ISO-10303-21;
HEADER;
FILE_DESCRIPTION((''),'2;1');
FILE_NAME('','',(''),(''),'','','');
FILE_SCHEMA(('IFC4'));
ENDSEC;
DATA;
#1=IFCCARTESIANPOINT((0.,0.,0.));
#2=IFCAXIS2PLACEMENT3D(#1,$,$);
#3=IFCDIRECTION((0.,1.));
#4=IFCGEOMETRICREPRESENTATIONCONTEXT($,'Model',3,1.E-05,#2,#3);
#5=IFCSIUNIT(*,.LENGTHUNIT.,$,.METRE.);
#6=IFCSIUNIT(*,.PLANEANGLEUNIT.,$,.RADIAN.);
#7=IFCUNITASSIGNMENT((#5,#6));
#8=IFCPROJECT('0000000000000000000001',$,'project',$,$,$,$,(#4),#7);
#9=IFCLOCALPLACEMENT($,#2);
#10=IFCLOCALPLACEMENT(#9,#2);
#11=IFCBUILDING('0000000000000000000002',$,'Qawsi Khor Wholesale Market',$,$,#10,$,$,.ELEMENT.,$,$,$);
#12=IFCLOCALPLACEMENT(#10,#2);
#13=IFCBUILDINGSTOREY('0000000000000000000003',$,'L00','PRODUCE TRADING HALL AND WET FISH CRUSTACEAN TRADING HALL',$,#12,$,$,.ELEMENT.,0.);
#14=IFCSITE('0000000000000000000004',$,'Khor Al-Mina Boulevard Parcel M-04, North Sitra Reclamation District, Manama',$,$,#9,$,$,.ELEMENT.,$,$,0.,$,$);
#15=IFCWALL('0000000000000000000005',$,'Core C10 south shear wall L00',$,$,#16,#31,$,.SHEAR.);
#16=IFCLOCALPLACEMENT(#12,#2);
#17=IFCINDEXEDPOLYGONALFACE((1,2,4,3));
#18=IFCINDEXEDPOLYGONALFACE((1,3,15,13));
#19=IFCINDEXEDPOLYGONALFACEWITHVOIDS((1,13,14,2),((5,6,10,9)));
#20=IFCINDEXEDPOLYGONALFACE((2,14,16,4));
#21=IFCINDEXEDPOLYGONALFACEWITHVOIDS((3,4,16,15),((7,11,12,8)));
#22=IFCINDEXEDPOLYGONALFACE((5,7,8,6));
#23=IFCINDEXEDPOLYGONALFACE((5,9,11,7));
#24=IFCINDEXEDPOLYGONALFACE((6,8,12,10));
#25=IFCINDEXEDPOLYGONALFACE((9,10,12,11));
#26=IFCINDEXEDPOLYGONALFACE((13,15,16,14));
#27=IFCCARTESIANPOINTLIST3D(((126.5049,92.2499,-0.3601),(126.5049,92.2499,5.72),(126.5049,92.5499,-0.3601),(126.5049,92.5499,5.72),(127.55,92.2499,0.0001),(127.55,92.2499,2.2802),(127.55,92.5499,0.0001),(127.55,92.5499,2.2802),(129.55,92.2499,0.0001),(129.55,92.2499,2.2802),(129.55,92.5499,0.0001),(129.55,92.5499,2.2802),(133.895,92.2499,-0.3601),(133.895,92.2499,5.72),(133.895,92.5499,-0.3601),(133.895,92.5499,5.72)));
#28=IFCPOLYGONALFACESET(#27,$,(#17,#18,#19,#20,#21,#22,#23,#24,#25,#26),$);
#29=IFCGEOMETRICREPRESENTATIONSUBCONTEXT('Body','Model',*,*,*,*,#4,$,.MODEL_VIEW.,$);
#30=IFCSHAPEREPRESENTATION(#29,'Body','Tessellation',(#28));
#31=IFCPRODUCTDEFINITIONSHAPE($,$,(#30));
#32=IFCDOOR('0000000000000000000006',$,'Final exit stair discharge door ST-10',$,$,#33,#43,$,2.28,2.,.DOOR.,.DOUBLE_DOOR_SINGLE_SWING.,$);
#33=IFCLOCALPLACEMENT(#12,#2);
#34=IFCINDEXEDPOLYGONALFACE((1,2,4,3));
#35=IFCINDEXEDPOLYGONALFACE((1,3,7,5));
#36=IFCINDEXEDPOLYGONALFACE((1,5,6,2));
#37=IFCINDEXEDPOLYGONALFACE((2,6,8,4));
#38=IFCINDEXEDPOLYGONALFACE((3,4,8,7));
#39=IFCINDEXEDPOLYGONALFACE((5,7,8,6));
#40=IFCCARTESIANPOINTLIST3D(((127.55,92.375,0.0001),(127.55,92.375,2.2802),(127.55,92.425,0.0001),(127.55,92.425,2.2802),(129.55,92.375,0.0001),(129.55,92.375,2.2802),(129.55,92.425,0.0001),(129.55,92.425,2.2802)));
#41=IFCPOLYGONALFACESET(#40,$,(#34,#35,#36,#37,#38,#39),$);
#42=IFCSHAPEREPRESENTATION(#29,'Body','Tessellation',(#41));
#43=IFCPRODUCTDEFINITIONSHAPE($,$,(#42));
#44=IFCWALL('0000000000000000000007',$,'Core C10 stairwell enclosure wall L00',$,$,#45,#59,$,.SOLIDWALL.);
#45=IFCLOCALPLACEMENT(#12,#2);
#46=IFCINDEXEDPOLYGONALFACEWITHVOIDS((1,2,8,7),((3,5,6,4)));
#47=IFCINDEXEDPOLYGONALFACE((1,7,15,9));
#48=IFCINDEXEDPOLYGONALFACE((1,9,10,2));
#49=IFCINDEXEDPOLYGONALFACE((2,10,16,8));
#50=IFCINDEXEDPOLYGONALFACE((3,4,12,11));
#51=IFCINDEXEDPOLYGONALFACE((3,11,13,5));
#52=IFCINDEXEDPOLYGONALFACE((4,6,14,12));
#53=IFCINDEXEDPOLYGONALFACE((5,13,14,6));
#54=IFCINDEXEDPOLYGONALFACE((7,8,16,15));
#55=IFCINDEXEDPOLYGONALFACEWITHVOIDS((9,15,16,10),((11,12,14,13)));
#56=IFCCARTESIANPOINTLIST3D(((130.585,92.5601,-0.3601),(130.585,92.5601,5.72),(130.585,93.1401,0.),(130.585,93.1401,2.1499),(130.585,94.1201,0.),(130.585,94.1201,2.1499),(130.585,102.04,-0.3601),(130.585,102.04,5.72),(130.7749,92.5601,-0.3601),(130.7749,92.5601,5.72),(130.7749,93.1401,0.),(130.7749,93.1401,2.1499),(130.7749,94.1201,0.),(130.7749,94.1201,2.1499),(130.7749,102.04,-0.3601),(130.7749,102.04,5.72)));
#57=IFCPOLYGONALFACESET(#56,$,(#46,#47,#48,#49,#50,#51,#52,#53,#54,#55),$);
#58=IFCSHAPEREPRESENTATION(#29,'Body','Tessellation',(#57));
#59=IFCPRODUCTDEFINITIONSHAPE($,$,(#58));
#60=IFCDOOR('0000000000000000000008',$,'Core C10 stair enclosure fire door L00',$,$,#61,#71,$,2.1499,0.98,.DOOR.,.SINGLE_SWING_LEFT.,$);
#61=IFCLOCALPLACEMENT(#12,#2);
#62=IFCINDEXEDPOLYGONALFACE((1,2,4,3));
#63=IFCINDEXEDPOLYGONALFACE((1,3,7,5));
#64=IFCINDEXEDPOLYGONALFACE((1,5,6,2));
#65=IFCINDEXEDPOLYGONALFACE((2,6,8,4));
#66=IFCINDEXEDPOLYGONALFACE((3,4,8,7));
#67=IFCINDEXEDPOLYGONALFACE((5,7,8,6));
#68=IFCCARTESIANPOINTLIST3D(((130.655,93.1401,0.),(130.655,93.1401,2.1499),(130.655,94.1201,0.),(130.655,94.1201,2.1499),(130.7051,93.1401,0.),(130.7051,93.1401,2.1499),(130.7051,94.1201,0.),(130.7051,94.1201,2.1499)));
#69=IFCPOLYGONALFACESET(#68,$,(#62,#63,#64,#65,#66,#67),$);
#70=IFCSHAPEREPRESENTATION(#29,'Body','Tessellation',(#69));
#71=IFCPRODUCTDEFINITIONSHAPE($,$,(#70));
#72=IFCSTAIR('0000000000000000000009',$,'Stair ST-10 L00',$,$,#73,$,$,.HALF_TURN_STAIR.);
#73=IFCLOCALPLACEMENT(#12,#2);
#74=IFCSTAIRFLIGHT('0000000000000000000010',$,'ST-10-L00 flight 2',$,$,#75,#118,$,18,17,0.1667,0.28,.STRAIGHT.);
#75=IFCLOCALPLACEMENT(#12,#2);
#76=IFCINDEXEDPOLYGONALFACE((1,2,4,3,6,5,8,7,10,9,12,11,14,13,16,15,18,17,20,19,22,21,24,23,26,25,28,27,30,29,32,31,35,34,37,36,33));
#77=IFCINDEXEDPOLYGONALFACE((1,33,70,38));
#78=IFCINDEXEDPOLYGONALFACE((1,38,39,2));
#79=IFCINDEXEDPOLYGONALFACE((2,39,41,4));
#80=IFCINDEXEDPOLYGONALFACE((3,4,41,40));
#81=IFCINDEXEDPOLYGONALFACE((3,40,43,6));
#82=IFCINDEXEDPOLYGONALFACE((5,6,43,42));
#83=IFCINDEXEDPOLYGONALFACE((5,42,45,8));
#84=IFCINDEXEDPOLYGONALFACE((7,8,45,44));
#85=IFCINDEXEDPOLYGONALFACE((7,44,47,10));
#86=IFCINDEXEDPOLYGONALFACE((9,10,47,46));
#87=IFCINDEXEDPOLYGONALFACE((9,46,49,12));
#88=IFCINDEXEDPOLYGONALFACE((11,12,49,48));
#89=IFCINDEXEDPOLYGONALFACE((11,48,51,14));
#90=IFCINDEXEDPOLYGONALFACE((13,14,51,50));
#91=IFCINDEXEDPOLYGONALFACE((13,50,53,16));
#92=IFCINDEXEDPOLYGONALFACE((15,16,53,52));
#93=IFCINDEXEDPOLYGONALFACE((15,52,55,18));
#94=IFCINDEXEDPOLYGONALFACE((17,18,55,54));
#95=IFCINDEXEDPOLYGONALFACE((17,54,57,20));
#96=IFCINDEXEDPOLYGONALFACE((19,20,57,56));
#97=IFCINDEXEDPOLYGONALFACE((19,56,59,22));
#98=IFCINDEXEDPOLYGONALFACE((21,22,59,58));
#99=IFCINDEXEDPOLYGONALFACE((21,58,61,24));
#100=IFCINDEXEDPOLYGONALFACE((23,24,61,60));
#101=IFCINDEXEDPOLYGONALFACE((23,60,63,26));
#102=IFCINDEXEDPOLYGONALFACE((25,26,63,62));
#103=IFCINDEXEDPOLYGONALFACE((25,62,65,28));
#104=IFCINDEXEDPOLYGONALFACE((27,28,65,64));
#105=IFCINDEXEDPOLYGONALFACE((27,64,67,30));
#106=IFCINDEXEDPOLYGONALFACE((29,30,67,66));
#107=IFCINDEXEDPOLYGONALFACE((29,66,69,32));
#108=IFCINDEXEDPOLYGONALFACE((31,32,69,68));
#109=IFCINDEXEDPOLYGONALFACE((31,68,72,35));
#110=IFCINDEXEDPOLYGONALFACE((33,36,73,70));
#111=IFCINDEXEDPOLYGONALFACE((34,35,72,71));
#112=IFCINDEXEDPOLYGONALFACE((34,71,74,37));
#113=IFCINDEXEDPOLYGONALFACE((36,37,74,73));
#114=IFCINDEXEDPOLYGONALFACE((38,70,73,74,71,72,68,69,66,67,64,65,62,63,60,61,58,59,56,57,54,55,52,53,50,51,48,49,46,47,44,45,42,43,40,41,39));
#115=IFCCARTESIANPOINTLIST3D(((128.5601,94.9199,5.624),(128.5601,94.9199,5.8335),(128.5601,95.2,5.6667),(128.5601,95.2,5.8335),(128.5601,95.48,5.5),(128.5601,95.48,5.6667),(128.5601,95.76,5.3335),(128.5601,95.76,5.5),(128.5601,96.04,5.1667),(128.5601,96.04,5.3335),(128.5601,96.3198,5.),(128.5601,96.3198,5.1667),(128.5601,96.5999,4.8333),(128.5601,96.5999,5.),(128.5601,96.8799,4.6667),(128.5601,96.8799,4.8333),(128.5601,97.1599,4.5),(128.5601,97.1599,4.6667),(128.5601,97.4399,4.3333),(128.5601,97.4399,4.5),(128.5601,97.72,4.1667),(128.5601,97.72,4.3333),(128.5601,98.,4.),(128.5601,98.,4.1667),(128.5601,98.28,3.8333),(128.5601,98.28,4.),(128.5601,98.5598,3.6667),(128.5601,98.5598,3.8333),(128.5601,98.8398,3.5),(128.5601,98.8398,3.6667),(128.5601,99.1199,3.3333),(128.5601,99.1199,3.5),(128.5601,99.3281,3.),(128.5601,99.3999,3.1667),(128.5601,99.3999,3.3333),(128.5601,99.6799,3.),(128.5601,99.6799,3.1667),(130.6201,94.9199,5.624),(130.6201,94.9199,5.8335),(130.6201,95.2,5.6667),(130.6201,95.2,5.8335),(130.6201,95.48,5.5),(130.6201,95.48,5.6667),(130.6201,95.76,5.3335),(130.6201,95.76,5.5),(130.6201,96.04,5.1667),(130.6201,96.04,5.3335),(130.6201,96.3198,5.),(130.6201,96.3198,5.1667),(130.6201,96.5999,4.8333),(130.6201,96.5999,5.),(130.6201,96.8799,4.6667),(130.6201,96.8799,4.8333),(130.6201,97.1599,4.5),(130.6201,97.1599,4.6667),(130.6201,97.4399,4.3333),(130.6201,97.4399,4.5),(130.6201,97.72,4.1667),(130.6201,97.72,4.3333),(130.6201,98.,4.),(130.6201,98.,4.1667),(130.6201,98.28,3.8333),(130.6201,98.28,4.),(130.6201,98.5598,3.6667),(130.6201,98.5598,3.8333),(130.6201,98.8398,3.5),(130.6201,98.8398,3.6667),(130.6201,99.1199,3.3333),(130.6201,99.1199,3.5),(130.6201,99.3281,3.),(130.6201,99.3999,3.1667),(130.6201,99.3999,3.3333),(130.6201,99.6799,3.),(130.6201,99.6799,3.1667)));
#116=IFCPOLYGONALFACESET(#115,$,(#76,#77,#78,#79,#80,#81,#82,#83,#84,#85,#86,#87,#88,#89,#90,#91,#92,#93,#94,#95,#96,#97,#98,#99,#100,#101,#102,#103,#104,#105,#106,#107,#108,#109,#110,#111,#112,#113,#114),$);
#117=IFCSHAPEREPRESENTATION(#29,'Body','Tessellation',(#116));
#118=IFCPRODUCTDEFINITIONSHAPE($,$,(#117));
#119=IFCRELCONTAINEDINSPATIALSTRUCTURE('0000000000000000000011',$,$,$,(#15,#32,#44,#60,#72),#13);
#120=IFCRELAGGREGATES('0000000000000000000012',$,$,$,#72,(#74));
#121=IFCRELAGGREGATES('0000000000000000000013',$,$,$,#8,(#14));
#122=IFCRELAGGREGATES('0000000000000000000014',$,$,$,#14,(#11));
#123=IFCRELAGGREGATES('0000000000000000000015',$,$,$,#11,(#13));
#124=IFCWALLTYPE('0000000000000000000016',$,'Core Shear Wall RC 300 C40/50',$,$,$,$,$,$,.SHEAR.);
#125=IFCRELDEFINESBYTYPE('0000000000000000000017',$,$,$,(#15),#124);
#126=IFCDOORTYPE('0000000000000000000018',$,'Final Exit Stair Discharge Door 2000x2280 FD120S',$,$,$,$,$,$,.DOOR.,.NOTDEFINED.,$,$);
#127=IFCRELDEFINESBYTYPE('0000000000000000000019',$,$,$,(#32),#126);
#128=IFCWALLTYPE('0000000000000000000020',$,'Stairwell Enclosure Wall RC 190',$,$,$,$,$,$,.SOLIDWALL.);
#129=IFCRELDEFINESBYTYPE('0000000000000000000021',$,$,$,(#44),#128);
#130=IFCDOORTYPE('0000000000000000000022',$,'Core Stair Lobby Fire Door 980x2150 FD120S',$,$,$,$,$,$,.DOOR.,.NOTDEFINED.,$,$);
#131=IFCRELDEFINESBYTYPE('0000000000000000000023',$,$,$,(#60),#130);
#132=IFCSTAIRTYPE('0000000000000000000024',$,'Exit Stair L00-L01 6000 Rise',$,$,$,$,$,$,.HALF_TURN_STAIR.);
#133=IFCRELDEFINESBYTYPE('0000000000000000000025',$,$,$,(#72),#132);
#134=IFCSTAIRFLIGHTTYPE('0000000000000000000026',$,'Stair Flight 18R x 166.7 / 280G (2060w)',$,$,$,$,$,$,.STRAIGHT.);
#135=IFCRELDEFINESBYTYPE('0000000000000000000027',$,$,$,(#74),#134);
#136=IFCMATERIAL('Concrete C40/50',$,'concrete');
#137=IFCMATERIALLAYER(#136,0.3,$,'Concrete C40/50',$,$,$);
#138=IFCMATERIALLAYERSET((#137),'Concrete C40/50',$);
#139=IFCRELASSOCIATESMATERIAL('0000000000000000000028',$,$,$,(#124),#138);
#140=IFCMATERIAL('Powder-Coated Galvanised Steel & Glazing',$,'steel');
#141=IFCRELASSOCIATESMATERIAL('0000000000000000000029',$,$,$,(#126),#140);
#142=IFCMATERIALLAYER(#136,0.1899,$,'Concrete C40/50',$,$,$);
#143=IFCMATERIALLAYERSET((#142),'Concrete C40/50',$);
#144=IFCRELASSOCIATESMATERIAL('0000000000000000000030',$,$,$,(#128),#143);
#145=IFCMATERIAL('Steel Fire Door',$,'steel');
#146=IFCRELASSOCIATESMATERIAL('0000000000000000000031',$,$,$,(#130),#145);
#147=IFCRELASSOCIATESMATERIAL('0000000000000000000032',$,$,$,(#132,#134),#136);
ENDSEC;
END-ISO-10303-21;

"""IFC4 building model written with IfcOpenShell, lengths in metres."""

from ifc_helpers import new_model, si_unit, direction, frame, frame_2d, origin, place, context, subcontext, project, spatial, polyline, rectangle, outline, extrude, material, layer, layer_set, type_object, element, fill, aggregate, save


model = new_model("IFC4")

# Units and contexts
model_context = context("Model", 3, precision=1e-05, world=origin(), true_north=direction((0.0, 1.0)))
body_context = subcontext(model_context, "Body", "Model", "MODEL_VIEW")
ifc_project = project(units=[si_unit("LENGTHUNIT", "METRE"), si_unit("PLANEANGLEUNIT", "RADIAN")], contexts=[model_context])

# Site, building, storey
site_placement = place(None, origin())
site = spatial("IfcSite", under=ifc_project, at=site_placement, Name="Khor Al-Mina Boulevard Parcel M-04, North Sitra Reclamation District, Manama", CompositionType="ELEMENT", RefElevation=0.0)
building_placement = place(site_placement, origin())
building = spatial("IfcBuilding", under=site, at=building_placement, Name="Qawsi Khor Wholesale Market", CompositionType="ELEMENT")
storey_placement = place(building_placement, origin())
storey = spatial("IfcBuildingStorey", under=building, at=storey_placement, Name="L00", Description="PRODUCE TRADING HALL AND WET FISH CRUSTACEAN TRADING HALL", CompositionType="ELEMENT", Elevation=0.0)

# Shared definitions
ifc_material_1 = material(Name="Concrete C40/50", Category="concrete")

# Walls, openings, doors
ifc_layer_1 = layer(ifc_material_1, 0.3, Name="Concrete C40/50")
ifc_layer_set_1 = layer_set([ifc_layer_1], Name="Concrete C40/50")
wall_type_1 = type_object("IfcWallType", Name="Core Shear Wall RC 300 C40/50", PredefinedType="SHEAR", material=ifc_layer_set_1)
wall_1_placement = place(storey_placement, frame((133.895, 92.3999, -0.3601), z_axis=(0.0, 0.0, 1.0), x_axis=(-1.0, 0.0, 0.0)))
wall_1 = element("IfcWall", 1, at=wall_1_placement, inside=storey, type_object=wall_type_1, Name="Core C10 south shear wall L00", PredefinedType="SHEAR", context=body_context, shape_type="SweptSolid", body=[
    extrude(rectangle(XDim=7.3901, YDim=0.3, at=frame_2d((3.6951, 0.0))), origin(), (0.0, 0.0, 1.0), 6.0801),
])
opening_1_placement = place(wall_1_placement, frame((4.345, 0.0, 0.3601)))
opening_1 = element("IfcOpeningElement", 2, at=opening_1_placement, cuts=wall_1, PredefinedType="OPENING", context=body_context, shape_type="SweptSolid", body=[
    extrude(rectangle(XDim=2.0, YDim=2.28, at=frame_2d((1.0, 1.1401))), frame((0.0, 0.1599, 0.0), z_axis=(0.0, -1.0, 0.0), x_axis=(1.0, 0.0, 0.0)), (0.0, 0.0, 1.0), 0.3201),
])
ifc_material_2 = material(Name="Powder-Coated Galvanised Steel & Glazing", Category="steel")
door_type_1 = type_object("IfcDoorType", Name="Final Exit Stair Discharge Door 2000x2280 FD120S", OperationType="NOTDEFINED", PredefinedType="DOOR", material=ifc_material_2)
door_1_placement = place(opening_1_placement, origin())
door_1 = element("IfcDoor", 3, at=door_1_placement, inside=storey, type_object=door_type_1, Name="Final exit stair discharge door ST-10", OperationType="DOUBLE_DOOR_SINGLE_SWING", OverallHeight=2.28, OverallWidth=2.0, PredefinedType="DOOR", context=body_context, shape_type="SweptSolid", body=[
    extrude(rectangle(XDim=2.0, YDim=2.28, at=frame_2d((1.0, 1.1401))), frame((0.0, 0.0249, 0.0), z_axis=(0.0, -1.0, 0.0), x_axis=(1.0, 0.0, 0.0)), (0.0, 0.0, 1.0), 0.05),
])
fill(opening_1, door_1)
ifc_layer_2 = layer(ifc_material_1, 0.1899, Name="Concrete C40/50")
ifc_layer_set_2 = layer_set([ifc_layer_2], Name="Concrete C40/50")
wall_type_2 = type_object("IfcWallType", Name="Stairwell Enclosure Wall RC 190", PredefinedType="SOLIDWALL", material=ifc_layer_set_2)
wall_2_placement = place(storey_placement, frame((130.6799, 92.5601, -0.3601), z_axis=(0.0, 0.0, 1.0), x_axis=(0.0, 1.0, 0.0)))
wall_2 = element("IfcWall", 4, at=wall_2_placement, inside=storey, type_object=wall_type_2, Name="Core C10 stairwell enclosure wall L00", PredefinedType="SOLIDWALL", context=body_context, shape_type="SweptSolid", body=[
    extrude(rectangle(XDim=9.48, YDim=0.1899, at=frame_2d((4.74, 0.0))), origin(), (0.0, 0.0, 1.0), 6.0801),
])
opening_2_placement = place(wall_2_placement, frame((0.5801, 0.0, 0.3601)))
opening_2 = element("IfcOpeningElement", 5, at=opening_2_placement, cuts=wall_2, PredefinedType="OPENING", context=body_context, shape_type="SweptSolid", body=[
    extrude(rectangle(XDim=0.98, YDim=2.1499, at=frame_2d((0.49, 1.075))), frame((0.0, 0.105, 0.0), z_axis=(0.0, -1.0, 0.0), x_axis=(1.0, 0.0, 0.0)), (0.0, 0.0, 1.0), 0.21),
])
ifc_material_3 = material(Name="Steel Fire Door", Category="steel")
door_type_2 = type_object("IfcDoorType", Name="Core Stair Lobby Fire Door 980x2150 FD120S", OperationType="NOTDEFINED", PredefinedType="DOOR", material=ifc_material_3)
door_2_placement = place(opening_2_placement, origin())
door_2 = element("IfcDoor", 6, at=door_2_placement, inside=storey, type_object=door_type_2, Name="Core C10 stair enclosure fire door L00", OperationType="SINGLE_SWING_LEFT", OverallHeight=2.1499, OverallWidth=0.98, PredefinedType="DOOR", context=body_context, shape_type="SweptSolid", body=[
    extrude(rectangle(XDim=0.98, YDim=2.1499, at=frame_2d((0.49, 1.075))), frame((0.0, 0.0249, 0.0), z_axis=(0.0, -1.0, 0.0), x_axis=(1.0, 0.0, 0.0)), (0.0, 0.0, 1.0), 0.05),
])
fill(opening_2, door_2)

# Stair, stair flight
stair_type = type_object("IfcStairType", Name="Exit Stair L00-L01 6000 Rise", PredefinedType="HALF_TURN_STAIR", material=ifc_material_1)
stair_placement = place(storey_placement, origin())
stair = element("IfcStair", 7, at=stair_placement, inside=storey, type_object=stair_type, Name="Stair ST-10 L00", PredefinedType="HALF_TURN_STAIR")
stair_flight_type = type_object("IfcStairFlightType", Name="Stair Flight 18R x 166.7 / 280G (2060w)", PredefinedType="STRAIGHT", material=ifc_material_1)
stair_flight_placement = place(storey_placement, frame((129.5901, 99.6799, 3.0), z_axis=(0.0, 0.0, 1.0), x_axis=(0.0, -1.0, 0.0)))
stair_flight = element("IfcStairFlight", 8, at=stair_flight_placement, type_object=stair_flight_type, Name="ST-10-L00 flight 2", NumberOfRisers=18, NumberOfTreads=17, PredefinedType="STRAIGHT", RiserHeight=0.1667, TreadLength=0.28, context=body_context, shape_type="SweptSolid", body=[
    extrude(outline(polyline([(0.0, 0.0), (0.0, 0.1667), (0.28, 0.1667), (0.28, 0.3333), (0.5601, 0.3333), (0.5601, 0.5), (0.8401, 0.5), (0.8401, 0.6667), (1.1201, 0.6667), (1.1201, 0.8333), (1.3999, 0.8333), (1.3999, 1.0), (1.6799, 1.0), (1.6799, 1.1667), (1.96, 1.1667), (1.96, 1.3333), (2.24, 1.3333), (2.24, 1.5), (2.52, 1.5), (2.52, 1.6667), (2.8, 1.6667), (2.8, 1.8333), (3.0801, 1.8333), (3.0801, 2.0), (3.3601, 2.0), (3.3601, 2.1667), (3.6399, 2.1667), (3.6399, 2.3335), (3.9199, 2.3335), (3.9199, 2.5), (4.2, 2.5), (4.2, 2.6667), (4.48, 2.6667), (4.48, 2.8335), (4.76, 2.8335), (4.76, 3.0), (4.76, 2.624), (0.3518, 0.0), (0.0, 0.0)])), frame((0.0, 1.03, 0.0), z_axis=(0.0, -1.0, 0.0), x_axis=(1.0, 0.0, 0.0)), (0.0, 0.0, 1.0), 2.0601),
])
aggregate(stair, [stair_flight])

save(model, "model.ifc")
